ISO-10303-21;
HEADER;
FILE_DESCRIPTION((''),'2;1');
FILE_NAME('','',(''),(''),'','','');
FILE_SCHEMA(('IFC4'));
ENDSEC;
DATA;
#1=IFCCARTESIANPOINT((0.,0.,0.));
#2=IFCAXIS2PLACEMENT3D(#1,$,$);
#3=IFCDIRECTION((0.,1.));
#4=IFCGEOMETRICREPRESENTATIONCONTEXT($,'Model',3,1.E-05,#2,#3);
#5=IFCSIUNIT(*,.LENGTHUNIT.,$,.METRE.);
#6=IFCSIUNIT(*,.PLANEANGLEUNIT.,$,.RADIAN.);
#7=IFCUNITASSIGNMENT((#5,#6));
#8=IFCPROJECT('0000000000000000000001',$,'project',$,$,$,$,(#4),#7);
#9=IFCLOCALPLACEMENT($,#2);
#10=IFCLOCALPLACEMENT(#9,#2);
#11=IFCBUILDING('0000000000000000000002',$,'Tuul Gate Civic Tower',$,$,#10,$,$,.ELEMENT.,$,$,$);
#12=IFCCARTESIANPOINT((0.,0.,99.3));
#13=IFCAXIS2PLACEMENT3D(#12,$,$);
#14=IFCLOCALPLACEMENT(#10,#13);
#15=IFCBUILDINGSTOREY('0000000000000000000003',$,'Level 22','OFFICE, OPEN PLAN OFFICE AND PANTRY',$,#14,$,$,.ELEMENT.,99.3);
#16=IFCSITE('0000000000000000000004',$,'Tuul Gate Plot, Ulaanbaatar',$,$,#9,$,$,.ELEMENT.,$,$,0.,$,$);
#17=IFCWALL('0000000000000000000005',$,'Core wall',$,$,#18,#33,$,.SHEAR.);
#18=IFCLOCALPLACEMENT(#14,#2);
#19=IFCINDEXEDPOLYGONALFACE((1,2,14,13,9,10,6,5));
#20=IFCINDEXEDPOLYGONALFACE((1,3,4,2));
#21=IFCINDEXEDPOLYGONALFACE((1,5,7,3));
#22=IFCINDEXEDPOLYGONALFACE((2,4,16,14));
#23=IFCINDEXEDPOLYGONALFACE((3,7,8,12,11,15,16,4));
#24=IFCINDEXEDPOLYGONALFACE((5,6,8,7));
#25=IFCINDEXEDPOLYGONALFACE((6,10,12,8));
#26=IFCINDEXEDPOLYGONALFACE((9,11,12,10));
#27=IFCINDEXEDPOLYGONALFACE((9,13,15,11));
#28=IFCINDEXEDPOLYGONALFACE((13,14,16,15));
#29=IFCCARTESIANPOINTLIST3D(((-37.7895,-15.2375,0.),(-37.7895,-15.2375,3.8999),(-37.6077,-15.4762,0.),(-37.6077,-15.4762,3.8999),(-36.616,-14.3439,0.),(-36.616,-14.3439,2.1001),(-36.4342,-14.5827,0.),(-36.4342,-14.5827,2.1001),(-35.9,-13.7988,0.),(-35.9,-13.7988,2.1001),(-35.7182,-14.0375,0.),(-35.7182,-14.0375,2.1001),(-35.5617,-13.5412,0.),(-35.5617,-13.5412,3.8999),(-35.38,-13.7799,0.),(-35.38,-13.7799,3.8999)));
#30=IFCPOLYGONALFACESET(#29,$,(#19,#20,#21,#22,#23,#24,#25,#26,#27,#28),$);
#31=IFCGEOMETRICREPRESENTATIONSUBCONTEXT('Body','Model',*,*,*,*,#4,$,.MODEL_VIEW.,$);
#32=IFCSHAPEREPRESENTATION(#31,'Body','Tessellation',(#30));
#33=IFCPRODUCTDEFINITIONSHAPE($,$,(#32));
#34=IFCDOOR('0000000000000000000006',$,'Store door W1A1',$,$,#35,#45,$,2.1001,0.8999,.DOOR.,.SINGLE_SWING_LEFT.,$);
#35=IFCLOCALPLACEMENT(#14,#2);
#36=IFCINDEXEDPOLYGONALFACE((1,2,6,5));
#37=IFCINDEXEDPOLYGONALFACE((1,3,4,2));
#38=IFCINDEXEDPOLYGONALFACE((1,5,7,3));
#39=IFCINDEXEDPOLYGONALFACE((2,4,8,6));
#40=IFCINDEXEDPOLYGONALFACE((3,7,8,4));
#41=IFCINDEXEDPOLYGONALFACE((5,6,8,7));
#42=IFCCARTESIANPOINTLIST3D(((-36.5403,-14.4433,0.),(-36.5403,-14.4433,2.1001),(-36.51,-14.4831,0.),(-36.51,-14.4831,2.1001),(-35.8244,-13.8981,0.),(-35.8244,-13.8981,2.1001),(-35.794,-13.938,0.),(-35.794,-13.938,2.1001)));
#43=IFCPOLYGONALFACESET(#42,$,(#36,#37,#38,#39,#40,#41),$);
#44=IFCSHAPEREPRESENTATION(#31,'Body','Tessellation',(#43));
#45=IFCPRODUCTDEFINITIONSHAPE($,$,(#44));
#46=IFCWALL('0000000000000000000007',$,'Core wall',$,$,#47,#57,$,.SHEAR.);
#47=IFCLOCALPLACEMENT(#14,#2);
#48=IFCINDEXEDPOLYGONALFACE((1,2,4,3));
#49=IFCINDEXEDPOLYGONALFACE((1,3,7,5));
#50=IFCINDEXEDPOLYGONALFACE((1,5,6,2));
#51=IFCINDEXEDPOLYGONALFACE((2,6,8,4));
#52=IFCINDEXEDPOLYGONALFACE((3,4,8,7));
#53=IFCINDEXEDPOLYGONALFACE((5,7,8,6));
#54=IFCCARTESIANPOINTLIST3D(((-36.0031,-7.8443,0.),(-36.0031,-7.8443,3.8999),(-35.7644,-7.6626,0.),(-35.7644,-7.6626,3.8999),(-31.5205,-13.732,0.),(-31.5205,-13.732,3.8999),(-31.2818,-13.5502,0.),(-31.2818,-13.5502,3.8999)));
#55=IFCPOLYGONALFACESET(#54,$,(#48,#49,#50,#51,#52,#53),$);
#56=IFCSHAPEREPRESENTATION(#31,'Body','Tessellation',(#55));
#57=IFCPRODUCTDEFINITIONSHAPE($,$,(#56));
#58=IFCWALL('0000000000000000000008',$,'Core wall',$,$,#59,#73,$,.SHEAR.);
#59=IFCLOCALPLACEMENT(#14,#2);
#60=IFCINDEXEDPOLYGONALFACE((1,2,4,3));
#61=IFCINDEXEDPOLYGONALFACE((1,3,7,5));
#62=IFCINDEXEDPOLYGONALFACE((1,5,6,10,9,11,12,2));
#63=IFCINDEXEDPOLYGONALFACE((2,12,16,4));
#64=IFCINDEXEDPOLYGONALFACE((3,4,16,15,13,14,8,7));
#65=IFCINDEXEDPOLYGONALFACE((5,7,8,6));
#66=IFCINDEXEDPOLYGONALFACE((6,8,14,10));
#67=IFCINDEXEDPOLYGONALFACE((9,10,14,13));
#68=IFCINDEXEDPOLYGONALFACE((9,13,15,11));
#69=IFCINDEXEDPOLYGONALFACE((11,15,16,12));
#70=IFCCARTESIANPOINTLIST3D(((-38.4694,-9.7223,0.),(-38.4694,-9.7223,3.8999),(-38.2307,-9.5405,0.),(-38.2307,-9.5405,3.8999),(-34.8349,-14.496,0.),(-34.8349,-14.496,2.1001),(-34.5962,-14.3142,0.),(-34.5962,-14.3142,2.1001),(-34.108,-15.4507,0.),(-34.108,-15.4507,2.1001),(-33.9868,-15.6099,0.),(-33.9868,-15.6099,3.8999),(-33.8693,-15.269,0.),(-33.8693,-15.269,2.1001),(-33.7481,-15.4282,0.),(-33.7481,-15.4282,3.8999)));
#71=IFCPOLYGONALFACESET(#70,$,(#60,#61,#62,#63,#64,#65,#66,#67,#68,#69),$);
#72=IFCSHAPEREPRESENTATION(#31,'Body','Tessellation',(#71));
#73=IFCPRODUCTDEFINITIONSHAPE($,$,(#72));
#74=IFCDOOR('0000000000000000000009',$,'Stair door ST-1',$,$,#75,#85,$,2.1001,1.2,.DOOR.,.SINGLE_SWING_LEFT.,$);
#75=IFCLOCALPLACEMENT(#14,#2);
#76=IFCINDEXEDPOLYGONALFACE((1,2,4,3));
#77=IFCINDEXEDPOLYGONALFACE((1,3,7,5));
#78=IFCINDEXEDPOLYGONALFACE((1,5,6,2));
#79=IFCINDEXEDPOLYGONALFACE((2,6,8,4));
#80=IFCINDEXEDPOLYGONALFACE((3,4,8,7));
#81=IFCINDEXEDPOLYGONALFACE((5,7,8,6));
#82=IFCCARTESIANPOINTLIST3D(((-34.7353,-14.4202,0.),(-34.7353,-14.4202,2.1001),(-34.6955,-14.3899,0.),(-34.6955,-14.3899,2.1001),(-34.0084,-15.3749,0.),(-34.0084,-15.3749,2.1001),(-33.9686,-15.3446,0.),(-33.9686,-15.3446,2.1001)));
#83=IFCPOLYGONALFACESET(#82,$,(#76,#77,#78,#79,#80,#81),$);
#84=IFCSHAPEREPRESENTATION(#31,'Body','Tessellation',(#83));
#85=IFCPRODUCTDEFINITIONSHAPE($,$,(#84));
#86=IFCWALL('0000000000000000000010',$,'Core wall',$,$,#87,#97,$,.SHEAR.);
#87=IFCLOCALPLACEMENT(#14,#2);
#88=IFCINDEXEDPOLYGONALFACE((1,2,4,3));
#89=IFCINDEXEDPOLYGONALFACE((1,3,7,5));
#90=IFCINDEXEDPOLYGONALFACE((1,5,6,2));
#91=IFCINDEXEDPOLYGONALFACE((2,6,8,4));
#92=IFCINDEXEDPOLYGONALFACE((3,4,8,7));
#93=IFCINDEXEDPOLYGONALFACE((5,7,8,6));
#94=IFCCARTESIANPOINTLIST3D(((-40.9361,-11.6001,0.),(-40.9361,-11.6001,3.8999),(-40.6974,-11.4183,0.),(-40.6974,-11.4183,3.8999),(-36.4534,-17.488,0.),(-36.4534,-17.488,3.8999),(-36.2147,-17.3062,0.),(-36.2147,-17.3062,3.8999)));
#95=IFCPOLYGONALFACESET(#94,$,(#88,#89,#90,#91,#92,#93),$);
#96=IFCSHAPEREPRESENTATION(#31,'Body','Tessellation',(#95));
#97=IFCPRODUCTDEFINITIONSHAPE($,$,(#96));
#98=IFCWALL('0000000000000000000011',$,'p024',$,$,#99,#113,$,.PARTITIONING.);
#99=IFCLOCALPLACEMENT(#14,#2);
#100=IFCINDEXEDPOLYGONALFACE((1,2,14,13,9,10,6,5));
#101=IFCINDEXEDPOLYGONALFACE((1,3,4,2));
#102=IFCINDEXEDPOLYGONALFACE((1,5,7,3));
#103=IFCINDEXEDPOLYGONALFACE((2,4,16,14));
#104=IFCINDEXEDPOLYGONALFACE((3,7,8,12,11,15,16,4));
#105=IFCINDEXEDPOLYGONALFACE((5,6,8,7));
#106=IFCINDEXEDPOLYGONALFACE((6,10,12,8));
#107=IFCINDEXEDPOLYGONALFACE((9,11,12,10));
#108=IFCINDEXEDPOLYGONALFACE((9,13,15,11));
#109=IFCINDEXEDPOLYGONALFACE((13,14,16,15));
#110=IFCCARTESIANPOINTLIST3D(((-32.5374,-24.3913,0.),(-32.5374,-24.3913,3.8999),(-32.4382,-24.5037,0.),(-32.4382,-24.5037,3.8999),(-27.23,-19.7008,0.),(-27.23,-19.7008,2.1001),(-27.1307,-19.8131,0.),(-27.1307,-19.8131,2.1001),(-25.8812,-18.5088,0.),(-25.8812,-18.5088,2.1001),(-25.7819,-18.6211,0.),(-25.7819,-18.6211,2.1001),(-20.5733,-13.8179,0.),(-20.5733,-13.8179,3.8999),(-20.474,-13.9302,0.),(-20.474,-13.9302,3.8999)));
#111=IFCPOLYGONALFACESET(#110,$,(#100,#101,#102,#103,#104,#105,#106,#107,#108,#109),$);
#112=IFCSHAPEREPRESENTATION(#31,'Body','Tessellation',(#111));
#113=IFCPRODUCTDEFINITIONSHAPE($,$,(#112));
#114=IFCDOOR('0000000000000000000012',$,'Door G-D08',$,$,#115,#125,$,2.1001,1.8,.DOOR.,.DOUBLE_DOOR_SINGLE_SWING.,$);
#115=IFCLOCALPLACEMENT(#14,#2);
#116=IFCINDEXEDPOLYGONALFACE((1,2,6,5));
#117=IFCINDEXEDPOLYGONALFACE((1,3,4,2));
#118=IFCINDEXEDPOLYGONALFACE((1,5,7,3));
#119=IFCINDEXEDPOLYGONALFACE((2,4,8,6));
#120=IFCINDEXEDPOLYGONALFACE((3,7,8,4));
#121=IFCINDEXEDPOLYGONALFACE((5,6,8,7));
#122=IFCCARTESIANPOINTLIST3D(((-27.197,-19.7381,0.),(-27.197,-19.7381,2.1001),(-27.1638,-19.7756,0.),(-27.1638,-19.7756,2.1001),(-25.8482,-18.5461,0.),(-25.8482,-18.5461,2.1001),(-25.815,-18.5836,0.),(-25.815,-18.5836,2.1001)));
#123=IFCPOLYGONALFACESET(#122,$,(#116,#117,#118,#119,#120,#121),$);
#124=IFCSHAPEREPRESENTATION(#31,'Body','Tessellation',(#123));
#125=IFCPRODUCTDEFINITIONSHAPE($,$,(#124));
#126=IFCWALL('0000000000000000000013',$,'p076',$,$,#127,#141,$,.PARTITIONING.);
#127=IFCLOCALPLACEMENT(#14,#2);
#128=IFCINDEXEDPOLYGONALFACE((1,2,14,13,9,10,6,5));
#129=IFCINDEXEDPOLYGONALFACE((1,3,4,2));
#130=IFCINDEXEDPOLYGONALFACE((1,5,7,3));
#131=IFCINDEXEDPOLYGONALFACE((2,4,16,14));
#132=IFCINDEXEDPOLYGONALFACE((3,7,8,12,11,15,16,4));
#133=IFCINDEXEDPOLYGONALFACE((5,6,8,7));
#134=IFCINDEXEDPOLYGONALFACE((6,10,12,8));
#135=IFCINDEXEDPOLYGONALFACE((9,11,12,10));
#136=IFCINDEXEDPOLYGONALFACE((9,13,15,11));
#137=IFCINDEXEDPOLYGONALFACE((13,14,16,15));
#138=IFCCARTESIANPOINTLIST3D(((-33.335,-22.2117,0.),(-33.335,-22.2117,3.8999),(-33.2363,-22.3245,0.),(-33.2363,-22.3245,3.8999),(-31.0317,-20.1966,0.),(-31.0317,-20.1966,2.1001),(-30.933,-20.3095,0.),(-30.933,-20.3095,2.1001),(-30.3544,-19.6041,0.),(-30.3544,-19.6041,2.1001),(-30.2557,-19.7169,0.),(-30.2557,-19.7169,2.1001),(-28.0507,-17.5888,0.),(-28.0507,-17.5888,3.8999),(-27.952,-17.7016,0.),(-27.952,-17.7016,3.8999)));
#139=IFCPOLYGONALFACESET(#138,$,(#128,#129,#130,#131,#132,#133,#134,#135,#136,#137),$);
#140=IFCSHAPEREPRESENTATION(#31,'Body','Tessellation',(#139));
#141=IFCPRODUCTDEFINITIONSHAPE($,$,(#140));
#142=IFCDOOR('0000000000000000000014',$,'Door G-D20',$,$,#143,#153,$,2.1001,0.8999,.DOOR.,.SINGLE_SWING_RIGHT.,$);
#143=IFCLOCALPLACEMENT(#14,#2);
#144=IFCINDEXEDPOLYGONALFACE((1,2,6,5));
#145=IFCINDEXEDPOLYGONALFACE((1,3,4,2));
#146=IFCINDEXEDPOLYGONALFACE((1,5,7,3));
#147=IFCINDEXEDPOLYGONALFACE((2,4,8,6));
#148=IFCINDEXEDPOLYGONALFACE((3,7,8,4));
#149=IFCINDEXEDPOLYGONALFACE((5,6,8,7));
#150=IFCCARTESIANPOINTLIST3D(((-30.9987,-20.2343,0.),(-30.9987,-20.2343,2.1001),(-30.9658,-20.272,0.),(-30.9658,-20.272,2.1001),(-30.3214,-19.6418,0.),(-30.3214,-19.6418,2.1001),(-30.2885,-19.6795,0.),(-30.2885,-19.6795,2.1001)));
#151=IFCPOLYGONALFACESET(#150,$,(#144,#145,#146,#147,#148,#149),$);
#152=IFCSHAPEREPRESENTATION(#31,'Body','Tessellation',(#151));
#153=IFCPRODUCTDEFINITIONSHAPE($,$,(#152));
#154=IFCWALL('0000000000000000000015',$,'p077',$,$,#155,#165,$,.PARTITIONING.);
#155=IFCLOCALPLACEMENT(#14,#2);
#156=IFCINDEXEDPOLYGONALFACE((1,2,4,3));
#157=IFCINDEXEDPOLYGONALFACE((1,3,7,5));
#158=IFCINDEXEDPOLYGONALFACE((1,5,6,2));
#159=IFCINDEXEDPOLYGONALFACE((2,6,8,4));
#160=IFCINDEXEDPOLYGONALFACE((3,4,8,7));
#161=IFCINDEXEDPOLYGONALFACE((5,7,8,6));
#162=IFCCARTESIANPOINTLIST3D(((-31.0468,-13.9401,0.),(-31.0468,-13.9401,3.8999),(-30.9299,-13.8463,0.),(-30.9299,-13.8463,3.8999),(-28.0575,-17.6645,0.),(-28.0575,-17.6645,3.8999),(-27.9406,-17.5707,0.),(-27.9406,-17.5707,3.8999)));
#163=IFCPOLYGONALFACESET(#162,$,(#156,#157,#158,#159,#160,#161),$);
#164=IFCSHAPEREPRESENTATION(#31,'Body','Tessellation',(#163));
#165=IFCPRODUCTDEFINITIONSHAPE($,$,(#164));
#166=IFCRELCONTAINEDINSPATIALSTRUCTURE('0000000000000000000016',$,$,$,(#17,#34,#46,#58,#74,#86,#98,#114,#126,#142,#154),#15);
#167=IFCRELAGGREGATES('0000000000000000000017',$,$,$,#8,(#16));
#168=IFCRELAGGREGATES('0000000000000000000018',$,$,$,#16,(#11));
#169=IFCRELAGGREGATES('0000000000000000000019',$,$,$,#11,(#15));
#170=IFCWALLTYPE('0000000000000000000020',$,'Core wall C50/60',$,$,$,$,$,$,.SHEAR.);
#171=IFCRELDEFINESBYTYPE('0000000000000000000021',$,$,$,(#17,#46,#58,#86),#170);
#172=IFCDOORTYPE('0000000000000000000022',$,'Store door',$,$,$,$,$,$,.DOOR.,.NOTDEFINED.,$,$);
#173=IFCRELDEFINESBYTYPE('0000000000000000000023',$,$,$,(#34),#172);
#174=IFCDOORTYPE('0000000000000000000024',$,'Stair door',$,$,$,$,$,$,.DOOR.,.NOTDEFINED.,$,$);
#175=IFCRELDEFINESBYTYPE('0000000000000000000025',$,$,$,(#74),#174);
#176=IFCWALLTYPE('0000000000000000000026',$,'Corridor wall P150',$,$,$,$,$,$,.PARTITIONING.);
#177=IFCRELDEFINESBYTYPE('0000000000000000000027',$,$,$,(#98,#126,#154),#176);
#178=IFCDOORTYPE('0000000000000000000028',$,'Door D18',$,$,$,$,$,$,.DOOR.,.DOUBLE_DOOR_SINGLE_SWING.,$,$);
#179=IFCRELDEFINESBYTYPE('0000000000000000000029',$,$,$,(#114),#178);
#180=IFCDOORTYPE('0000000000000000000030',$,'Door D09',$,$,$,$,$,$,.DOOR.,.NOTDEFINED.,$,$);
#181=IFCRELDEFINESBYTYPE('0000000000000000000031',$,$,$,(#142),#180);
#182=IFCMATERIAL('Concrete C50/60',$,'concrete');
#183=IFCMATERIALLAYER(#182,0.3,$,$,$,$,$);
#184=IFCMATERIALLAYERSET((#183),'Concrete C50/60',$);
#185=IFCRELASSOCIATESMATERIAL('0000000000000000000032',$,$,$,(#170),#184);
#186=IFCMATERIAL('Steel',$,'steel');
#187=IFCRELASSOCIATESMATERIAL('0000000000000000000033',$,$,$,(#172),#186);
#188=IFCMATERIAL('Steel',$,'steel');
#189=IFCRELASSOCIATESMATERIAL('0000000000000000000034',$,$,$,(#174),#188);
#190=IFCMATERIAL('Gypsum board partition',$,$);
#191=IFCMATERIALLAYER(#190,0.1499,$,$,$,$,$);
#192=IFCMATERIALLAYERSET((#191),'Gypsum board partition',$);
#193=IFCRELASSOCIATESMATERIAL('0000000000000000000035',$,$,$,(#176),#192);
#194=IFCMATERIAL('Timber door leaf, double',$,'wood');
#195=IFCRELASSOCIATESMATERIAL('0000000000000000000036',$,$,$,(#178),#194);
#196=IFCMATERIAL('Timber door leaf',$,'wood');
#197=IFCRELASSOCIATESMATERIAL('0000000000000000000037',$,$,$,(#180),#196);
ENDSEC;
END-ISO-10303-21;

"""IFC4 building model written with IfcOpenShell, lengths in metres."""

from ifc_helpers import new_model, si_unit, direction, frame, frame_2d, origin, place, context, subcontext, project, spatial, rectangle, extrude, material, layer, layer_set, type_object, element, fill, save


model = new_model("IFC4")

# Units and contexts
model_context = context("Model", 3, precision=1e-05, world=origin(), true_north=direction((0.0, 1.0)))
body_context = subcontext(model_context, "Body", "Model", "MODEL_VIEW")
ifc_project = project(units=[si_unit("LENGTHUNIT", "METRE"), si_unit("PLANEANGLEUNIT", "RADIAN")], contexts=[model_context])

# Site, building, storey
site_placement = place(None, origin())
site = spatial("IfcSite", under=ifc_project, at=site_placement, Name="Tuul Gate Plot, Ulaanbaatar", CompositionType="ELEMENT", RefElevation=0.0)
building_placement = place(site_placement, origin())
building = spatial("IfcBuilding", under=site, at=building_placement, Name="Tuul Gate Civic Tower", CompositionType="ELEMENT")
storey_placement = place(building_placement, frame((0.0, 0.0, 99.3)))
storey = spatial("IfcBuildingStorey", under=building, at=storey_placement, Name="Level 22", Description="OFFICE, OPEN PLAN OFFICE AND PANTRY", CompositionType="ELEMENT", Elevation=99.3)

# Wall, opening, door
ifc_material_1 = material(Name="Concrete C50/60", Category="concrete")
ifc_layer_1 = layer(ifc_material_1, 0.3)
ifc_layer_set_1 = layer_set([ifc_layer_1], Name="Concrete C50/60")
wall_type_1 = type_object("IfcWallType", Name="Core wall C50/60", PredefinedType="SHEAR", material=ifc_layer_set_1)
wall_1_placement = place(storey_placement, frame((-35.4709, -13.6606, 0.0), z_axis=(0.0, 0.0, 1.0), x_axis=(-0.795616, -0.605802, 0.0)))
wall_1 = element("IfcWall", 1, at=wall_1_placement, inside=storey, type_object=wall_type_1, Name="Core wall", PredefinedType="SHEAR", context=body_context, shape_type="SweptSolid", body=[
    extrude(rectangle(XDim=2.8, YDim=0.3, at=frame_2d((1.3999, 0.0))), origin(), (0.0, 0.0, 1.0), 3.8999),
])
opening_1_placement = place(wall_1_placement, frame((0.425, 0.0, 0.0)))
opening_1 = element("IfcOpeningElement", 2, at=opening_1_placement, cuts=wall_1, PredefinedType="OPENING", context=body_context, shape_type="SweptSolid", body=[
    extrude(rectangle(XDim=0.8999, YDim=2.1001, at=frame_2d((0.45, 1.05))), frame((0.0, 0.1602, 0.0), z_axis=(0.0, -1.0, 0.0), x_axis=(1.0, 0.0, 0.0)), (0.0, 0.0, 1.0), 0.3201),
])
ifc_material_2 = material(Name="Steel", Category="steel")
door_type_1 = type_object("IfcDoorType", Name="Store door", OperationType="NOTDEFINED", PredefinedType="DOOR", material=ifc_material_2)
door_1_placement = place(opening_1_placement, origin())
door_1 = element("IfcDoor", 3, at=door_1_placement, inside=storey, type_object=door_type_1, Name="Store door W1A1", OperationType="SINGLE_SWING_LEFT", OverallHeight=2.1001, OverallWidth=0.8999, PredefinedType="DOOR", context=body_context, shape_type="SweptSolid", body=[
    extrude(rectangle(XDim=0.8999, YDim=2.1001, at=frame_2d((0.45, 1.05))), frame((0.0, 0.0249, 0.0), z_axis=(0.0, -1.0, 0.0), x_axis=(1.0, 0.0, 0.0)), (0.0, 0.0, 1.0), 0.05),
])
fill(opening_1, door_1)

# Wall
wall_2_placement = place(storey_placement, frame((-31.4011, -13.6411, 0.0), z_axis=(0.0, 0.0, 1.0), x_axis=(-0.60577, 0.79564, 0.0)))
element("IfcWall", 4, at=wall_2_placement, inside=storey, type_object=wall_type_1, Name="Core wall", PredefinedType="SHEAR", context=body_context, shape_type="SweptSolid", body=[
    extrude(rectangle(XDim=7.3999, YDim=0.3, at=frame_2d((3.7, 0.0))), origin(), (0.0, 0.0, 1.0), 3.8999),
])

# Wall, opening, door
wall_3_placement = place(storey_placement, frame((-33.8674, -15.519, 0.0), z_axis=(0.0, 0.0, 1.0), x_axis=(-0.60577, 0.79564, 0.0)))
wall_3 = element("IfcWall", 5, at=wall_3_placement, inside=storey, type_object=wall_type_1, Name="Core wall", PredefinedType="SHEAR", context=body_context, shape_type="SweptSolid", body=[
    extrude(rectangle(XDim=7.3999, YDim=0.3, at=frame_2d((3.7, 0.0))), origin(), (0.0, 0.0, 1.0), 3.8999),
])
opening_2_placement = place(wall_3_placement, frame((0.2, 0.0, 0.0)))
opening_2 = element("IfcOpeningElement", 6, at=opening_2_placement, cuts=wall_3, PredefinedType="OPENING", context=body_context, shape_type="SweptSolid", body=[
    extrude(rectangle(XDim=1.2, YDim=2.1001, at=frame_2d((0.6001, 1.05))), frame((0.0, 0.1602, 0.0), z_axis=(0.0, -1.0, 0.0), x_axis=(1.0, 0.0, 0.0)), (0.0, 0.0, 1.0), 0.3201),
])
ifc_material_3 = material(Name="Steel", Category="steel")
door_type_2 = type_object("IfcDoorType", Name="Stair door", OperationType="NOTDEFINED", PredefinedType="DOOR", material=ifc_material_3)
door_2_placement = place(opening_2_placement, origin())
door_2 = element("IfcDoor", 7, at=door_2_placement, inside=storey, type_object=door_type_2, Name="Stair door ST-1", OperationType="SINGLE_SWING_LEFT", OverallHeight=2.1001, OverallWidth=1.2, PredefinedType="DOOR", context=body_context, shape_type="SweptSolid", body=[
    extrude(rectangle(XDim=1.2, YDim=2.1001, at=frame_2d((0.6001, 1.05))), frame((0.0, 0.0249, 0.0), z_axis=(0.0, -1.0, 0.0), x_axis=(1.0, 0.0, 0.0)), (0.0, 0.0, 1.0), 0.05),
])
fill(opening_2, door_2)

# Wall
wall_4_placement = place(storey_placement, frame((-36.334, -17.3972, 0.0), z_axis=(0.0, 0.0, 1.0), x_axis=(-0.605754, 0.795652, 0.0)))
element("IfcWall", 8, at=wall_4_placement, inside=storey, type_object=wall_type_1, Name="Core wall", PredefinedType="SHEAR", context=body_context, shape_type="SweptSolid", body=[
    extrude(rectangle(XDim=7.4001, YDim=0.3, at=frame_2d((3.7002, 0.0))), origin(), (0.0, 0.0, 1.0), 3.8999),
])

# Walls, openings, doors
ifc_material_4 = material(Name="Gypsum board partition")
ifc_layer_2 = layer(ifc_material_4, 0.1499)
ifc_layer_set_2 = layer_set([ifc_layer_2], Name="Gypsum board partition")
wall_type_2 = type_object("IfcWallType", Name="Corridor wall P150", PredefinedType="PARTITIONING", material=ifc_layer_set_2)
wall_5_placement = place(storey_placement, frame((-32.4878, -24.4475, 0.0), z_axis=(0.0, 0.0, 1.0), x_axis=(0.749312, 0.662217, 0.0)))
wall_5 = element("IfcWall", 9, at=wall_5_placement, inside=storey, type_object=wall_type_2, Name="p024", PredefinedType="PARTITIONING", context=body_context, shape_type="SweptSolid", body=[
    extrude(rectangle(XDim=15.9668, YDim=0.1499, at=frame_2d((7.9834, 0.0))), origin(), (0.0, 0.0, 1.0), 3.8999),
])
opening_3_placement = place(wall_5_placement, frame((7.0833, 0.0, 0.0)))
opening_3 = element("IfcOpeningElement", 10, at=opening_3_placement, cuts=wall_5, PredefinedType="OPENING", context=body_context, shape_type="SweptSolid", body=[
    extrude(rectangle(XDim=1.8, YDim=2.1001, at=frame_2d((0.8999, 1.05))), frame((0.0, 0.085, 0.0), z_axis=(0.0, -1.0, 0.0), x_axis=(1.0, 0.0, 0.0)), (0.0, 0.0, 1.0), 0.1699),
])
ifc_material_5 = material(Name="Timber door leaf, double", Category="wood")
door_type_3 = type_object("IfcDoorType", Name="Door D18", OperationType="DOUBLE_DOOR_SINGLE_SWING", PredefinedType="DOOR", material=ifc_material_5)
door_3_placement = place(opening_3_placement, frame((1.8, 0.0, 0.0), z_axis=(0.0, 0.0, 1.0), x_axis=(-1.0, 0.0, 0.0)))
door_3 = element("IfcDoor", 11, at=door_3_placement, inside=storey, type_object=door_type_3, Name="Door G-D08", OperationType="DOUBLE_DOOR_SINGLE_SWING", OverallHeight=2.1001, OverallWidth=1.8, PredefinedType="DOOR", context=body_context, shape_type="SweptSolid", body=[
    extrude(rectangle(XDim=1.8, YDim=2.1001, at=frame_2d((0.9001, 1.05))), frame((0.0, 0.0249, 0.0), z_axis=(0.0, -1.0, 0.0), x_axis=(1.0, 0.0, 0.0)), (0.0, 0.0, 1.0), 0.05),
])
fill(opening_3, door_3)
wall_6_placement = place(storey_placement, frame((-33.2856, -22.2681, 0.0), z_axis=(0.0, 0.0, 1.0), x_axis=(0.752637, 0.658436, 0.0)))
wall_6 = element("IfcWall", 12, at=wall_6_placement, inside=storey, type_object=wall_type_2, Name="p076", PredefinedType="PARTITIONING", context=body_context, shape_type="SweptSolid", body=[
    extrude(rectangle(XDim=7.021, YDim=0.1499, at=frame_2d((3.5105, 0.0))), origin(), (0.0, 0.0, 1.0), 3.8999),
])
opening_4_placement = place(wall_6_placement, frame((3.0603, 0.0, 0.0)))
opening_4 = element("IfcOpeningElement", 13, at=opening_4_placement, cuts=wall_6, PredefinedType="OPENING", context=body_context, shape_type="SweptSolid", body=[
    extrude(rectangle(XDim=0.8999, YDim=2.1001, at=frame_2d((0.45, 1.05))), frame((0.0, 0.085, 0.0), z_axis=(0.0, -1.0, 0.0), x_axis=(1.0, 0.0, 0.0)), (0.0, 0.0, 1.0), 0.1699),
])
ifc_material_6 = material(Name="Timber door leaf", Category="wood")
door_type_4 = type_object("IfcDoorType", Name="Door D09", OperationType="NOTDEFINED", PredefinedType="DOOR", material=ifc_material_6)
door_4_placement = place(opening_4_placement, origin())
door_4 = element("IfcDoor", 14, at=door_4_placement, inside=storey, type_object=door_type_4, Name="Door G-D20", OperationType="SINGLE_SWING_RIGHT", OverallHeight=2.1001, OverallWidth=0.8999, PredefinedType="DOOR", context=body_context, shape_type="SweptSolid", body=[
    extrude(rectangle(XDim=0.8999, YDim=2.1001, at=frame_2d((0.45, 1.05))), frame((0.0, 0.0249, 0.0), z_axis=(0.0, -1.0, 0.0), x_axis=(1.0, 0.0, 0.0)), (0.0, 0.0, 1.0), 0.05),
])
fill(opening_4, door_4)

# Wall
wall_7_placement = place(storey_placement, frame((-30.9883, -13.8933, 0.0), z_axis=(0.0, 0.0, 1.0), x_axis=(0.625941, -0.77987, 0.0)))
element("IfcWall", 15, at=wall_7_placement, inside=storey, type_object=wall_type_2, Name="p077", PredefinedType="PARTITIONING", context=body_context, shape_type="SweptSolid", body=[
    extrude(rectangle(XDim=4.7756, YDim=0.1499, at=frame_2d((2.3877, 0.0))), origin(), (0.0, 0.0, 1.0), 3.8999),
])

save(model, "model.ifc")
